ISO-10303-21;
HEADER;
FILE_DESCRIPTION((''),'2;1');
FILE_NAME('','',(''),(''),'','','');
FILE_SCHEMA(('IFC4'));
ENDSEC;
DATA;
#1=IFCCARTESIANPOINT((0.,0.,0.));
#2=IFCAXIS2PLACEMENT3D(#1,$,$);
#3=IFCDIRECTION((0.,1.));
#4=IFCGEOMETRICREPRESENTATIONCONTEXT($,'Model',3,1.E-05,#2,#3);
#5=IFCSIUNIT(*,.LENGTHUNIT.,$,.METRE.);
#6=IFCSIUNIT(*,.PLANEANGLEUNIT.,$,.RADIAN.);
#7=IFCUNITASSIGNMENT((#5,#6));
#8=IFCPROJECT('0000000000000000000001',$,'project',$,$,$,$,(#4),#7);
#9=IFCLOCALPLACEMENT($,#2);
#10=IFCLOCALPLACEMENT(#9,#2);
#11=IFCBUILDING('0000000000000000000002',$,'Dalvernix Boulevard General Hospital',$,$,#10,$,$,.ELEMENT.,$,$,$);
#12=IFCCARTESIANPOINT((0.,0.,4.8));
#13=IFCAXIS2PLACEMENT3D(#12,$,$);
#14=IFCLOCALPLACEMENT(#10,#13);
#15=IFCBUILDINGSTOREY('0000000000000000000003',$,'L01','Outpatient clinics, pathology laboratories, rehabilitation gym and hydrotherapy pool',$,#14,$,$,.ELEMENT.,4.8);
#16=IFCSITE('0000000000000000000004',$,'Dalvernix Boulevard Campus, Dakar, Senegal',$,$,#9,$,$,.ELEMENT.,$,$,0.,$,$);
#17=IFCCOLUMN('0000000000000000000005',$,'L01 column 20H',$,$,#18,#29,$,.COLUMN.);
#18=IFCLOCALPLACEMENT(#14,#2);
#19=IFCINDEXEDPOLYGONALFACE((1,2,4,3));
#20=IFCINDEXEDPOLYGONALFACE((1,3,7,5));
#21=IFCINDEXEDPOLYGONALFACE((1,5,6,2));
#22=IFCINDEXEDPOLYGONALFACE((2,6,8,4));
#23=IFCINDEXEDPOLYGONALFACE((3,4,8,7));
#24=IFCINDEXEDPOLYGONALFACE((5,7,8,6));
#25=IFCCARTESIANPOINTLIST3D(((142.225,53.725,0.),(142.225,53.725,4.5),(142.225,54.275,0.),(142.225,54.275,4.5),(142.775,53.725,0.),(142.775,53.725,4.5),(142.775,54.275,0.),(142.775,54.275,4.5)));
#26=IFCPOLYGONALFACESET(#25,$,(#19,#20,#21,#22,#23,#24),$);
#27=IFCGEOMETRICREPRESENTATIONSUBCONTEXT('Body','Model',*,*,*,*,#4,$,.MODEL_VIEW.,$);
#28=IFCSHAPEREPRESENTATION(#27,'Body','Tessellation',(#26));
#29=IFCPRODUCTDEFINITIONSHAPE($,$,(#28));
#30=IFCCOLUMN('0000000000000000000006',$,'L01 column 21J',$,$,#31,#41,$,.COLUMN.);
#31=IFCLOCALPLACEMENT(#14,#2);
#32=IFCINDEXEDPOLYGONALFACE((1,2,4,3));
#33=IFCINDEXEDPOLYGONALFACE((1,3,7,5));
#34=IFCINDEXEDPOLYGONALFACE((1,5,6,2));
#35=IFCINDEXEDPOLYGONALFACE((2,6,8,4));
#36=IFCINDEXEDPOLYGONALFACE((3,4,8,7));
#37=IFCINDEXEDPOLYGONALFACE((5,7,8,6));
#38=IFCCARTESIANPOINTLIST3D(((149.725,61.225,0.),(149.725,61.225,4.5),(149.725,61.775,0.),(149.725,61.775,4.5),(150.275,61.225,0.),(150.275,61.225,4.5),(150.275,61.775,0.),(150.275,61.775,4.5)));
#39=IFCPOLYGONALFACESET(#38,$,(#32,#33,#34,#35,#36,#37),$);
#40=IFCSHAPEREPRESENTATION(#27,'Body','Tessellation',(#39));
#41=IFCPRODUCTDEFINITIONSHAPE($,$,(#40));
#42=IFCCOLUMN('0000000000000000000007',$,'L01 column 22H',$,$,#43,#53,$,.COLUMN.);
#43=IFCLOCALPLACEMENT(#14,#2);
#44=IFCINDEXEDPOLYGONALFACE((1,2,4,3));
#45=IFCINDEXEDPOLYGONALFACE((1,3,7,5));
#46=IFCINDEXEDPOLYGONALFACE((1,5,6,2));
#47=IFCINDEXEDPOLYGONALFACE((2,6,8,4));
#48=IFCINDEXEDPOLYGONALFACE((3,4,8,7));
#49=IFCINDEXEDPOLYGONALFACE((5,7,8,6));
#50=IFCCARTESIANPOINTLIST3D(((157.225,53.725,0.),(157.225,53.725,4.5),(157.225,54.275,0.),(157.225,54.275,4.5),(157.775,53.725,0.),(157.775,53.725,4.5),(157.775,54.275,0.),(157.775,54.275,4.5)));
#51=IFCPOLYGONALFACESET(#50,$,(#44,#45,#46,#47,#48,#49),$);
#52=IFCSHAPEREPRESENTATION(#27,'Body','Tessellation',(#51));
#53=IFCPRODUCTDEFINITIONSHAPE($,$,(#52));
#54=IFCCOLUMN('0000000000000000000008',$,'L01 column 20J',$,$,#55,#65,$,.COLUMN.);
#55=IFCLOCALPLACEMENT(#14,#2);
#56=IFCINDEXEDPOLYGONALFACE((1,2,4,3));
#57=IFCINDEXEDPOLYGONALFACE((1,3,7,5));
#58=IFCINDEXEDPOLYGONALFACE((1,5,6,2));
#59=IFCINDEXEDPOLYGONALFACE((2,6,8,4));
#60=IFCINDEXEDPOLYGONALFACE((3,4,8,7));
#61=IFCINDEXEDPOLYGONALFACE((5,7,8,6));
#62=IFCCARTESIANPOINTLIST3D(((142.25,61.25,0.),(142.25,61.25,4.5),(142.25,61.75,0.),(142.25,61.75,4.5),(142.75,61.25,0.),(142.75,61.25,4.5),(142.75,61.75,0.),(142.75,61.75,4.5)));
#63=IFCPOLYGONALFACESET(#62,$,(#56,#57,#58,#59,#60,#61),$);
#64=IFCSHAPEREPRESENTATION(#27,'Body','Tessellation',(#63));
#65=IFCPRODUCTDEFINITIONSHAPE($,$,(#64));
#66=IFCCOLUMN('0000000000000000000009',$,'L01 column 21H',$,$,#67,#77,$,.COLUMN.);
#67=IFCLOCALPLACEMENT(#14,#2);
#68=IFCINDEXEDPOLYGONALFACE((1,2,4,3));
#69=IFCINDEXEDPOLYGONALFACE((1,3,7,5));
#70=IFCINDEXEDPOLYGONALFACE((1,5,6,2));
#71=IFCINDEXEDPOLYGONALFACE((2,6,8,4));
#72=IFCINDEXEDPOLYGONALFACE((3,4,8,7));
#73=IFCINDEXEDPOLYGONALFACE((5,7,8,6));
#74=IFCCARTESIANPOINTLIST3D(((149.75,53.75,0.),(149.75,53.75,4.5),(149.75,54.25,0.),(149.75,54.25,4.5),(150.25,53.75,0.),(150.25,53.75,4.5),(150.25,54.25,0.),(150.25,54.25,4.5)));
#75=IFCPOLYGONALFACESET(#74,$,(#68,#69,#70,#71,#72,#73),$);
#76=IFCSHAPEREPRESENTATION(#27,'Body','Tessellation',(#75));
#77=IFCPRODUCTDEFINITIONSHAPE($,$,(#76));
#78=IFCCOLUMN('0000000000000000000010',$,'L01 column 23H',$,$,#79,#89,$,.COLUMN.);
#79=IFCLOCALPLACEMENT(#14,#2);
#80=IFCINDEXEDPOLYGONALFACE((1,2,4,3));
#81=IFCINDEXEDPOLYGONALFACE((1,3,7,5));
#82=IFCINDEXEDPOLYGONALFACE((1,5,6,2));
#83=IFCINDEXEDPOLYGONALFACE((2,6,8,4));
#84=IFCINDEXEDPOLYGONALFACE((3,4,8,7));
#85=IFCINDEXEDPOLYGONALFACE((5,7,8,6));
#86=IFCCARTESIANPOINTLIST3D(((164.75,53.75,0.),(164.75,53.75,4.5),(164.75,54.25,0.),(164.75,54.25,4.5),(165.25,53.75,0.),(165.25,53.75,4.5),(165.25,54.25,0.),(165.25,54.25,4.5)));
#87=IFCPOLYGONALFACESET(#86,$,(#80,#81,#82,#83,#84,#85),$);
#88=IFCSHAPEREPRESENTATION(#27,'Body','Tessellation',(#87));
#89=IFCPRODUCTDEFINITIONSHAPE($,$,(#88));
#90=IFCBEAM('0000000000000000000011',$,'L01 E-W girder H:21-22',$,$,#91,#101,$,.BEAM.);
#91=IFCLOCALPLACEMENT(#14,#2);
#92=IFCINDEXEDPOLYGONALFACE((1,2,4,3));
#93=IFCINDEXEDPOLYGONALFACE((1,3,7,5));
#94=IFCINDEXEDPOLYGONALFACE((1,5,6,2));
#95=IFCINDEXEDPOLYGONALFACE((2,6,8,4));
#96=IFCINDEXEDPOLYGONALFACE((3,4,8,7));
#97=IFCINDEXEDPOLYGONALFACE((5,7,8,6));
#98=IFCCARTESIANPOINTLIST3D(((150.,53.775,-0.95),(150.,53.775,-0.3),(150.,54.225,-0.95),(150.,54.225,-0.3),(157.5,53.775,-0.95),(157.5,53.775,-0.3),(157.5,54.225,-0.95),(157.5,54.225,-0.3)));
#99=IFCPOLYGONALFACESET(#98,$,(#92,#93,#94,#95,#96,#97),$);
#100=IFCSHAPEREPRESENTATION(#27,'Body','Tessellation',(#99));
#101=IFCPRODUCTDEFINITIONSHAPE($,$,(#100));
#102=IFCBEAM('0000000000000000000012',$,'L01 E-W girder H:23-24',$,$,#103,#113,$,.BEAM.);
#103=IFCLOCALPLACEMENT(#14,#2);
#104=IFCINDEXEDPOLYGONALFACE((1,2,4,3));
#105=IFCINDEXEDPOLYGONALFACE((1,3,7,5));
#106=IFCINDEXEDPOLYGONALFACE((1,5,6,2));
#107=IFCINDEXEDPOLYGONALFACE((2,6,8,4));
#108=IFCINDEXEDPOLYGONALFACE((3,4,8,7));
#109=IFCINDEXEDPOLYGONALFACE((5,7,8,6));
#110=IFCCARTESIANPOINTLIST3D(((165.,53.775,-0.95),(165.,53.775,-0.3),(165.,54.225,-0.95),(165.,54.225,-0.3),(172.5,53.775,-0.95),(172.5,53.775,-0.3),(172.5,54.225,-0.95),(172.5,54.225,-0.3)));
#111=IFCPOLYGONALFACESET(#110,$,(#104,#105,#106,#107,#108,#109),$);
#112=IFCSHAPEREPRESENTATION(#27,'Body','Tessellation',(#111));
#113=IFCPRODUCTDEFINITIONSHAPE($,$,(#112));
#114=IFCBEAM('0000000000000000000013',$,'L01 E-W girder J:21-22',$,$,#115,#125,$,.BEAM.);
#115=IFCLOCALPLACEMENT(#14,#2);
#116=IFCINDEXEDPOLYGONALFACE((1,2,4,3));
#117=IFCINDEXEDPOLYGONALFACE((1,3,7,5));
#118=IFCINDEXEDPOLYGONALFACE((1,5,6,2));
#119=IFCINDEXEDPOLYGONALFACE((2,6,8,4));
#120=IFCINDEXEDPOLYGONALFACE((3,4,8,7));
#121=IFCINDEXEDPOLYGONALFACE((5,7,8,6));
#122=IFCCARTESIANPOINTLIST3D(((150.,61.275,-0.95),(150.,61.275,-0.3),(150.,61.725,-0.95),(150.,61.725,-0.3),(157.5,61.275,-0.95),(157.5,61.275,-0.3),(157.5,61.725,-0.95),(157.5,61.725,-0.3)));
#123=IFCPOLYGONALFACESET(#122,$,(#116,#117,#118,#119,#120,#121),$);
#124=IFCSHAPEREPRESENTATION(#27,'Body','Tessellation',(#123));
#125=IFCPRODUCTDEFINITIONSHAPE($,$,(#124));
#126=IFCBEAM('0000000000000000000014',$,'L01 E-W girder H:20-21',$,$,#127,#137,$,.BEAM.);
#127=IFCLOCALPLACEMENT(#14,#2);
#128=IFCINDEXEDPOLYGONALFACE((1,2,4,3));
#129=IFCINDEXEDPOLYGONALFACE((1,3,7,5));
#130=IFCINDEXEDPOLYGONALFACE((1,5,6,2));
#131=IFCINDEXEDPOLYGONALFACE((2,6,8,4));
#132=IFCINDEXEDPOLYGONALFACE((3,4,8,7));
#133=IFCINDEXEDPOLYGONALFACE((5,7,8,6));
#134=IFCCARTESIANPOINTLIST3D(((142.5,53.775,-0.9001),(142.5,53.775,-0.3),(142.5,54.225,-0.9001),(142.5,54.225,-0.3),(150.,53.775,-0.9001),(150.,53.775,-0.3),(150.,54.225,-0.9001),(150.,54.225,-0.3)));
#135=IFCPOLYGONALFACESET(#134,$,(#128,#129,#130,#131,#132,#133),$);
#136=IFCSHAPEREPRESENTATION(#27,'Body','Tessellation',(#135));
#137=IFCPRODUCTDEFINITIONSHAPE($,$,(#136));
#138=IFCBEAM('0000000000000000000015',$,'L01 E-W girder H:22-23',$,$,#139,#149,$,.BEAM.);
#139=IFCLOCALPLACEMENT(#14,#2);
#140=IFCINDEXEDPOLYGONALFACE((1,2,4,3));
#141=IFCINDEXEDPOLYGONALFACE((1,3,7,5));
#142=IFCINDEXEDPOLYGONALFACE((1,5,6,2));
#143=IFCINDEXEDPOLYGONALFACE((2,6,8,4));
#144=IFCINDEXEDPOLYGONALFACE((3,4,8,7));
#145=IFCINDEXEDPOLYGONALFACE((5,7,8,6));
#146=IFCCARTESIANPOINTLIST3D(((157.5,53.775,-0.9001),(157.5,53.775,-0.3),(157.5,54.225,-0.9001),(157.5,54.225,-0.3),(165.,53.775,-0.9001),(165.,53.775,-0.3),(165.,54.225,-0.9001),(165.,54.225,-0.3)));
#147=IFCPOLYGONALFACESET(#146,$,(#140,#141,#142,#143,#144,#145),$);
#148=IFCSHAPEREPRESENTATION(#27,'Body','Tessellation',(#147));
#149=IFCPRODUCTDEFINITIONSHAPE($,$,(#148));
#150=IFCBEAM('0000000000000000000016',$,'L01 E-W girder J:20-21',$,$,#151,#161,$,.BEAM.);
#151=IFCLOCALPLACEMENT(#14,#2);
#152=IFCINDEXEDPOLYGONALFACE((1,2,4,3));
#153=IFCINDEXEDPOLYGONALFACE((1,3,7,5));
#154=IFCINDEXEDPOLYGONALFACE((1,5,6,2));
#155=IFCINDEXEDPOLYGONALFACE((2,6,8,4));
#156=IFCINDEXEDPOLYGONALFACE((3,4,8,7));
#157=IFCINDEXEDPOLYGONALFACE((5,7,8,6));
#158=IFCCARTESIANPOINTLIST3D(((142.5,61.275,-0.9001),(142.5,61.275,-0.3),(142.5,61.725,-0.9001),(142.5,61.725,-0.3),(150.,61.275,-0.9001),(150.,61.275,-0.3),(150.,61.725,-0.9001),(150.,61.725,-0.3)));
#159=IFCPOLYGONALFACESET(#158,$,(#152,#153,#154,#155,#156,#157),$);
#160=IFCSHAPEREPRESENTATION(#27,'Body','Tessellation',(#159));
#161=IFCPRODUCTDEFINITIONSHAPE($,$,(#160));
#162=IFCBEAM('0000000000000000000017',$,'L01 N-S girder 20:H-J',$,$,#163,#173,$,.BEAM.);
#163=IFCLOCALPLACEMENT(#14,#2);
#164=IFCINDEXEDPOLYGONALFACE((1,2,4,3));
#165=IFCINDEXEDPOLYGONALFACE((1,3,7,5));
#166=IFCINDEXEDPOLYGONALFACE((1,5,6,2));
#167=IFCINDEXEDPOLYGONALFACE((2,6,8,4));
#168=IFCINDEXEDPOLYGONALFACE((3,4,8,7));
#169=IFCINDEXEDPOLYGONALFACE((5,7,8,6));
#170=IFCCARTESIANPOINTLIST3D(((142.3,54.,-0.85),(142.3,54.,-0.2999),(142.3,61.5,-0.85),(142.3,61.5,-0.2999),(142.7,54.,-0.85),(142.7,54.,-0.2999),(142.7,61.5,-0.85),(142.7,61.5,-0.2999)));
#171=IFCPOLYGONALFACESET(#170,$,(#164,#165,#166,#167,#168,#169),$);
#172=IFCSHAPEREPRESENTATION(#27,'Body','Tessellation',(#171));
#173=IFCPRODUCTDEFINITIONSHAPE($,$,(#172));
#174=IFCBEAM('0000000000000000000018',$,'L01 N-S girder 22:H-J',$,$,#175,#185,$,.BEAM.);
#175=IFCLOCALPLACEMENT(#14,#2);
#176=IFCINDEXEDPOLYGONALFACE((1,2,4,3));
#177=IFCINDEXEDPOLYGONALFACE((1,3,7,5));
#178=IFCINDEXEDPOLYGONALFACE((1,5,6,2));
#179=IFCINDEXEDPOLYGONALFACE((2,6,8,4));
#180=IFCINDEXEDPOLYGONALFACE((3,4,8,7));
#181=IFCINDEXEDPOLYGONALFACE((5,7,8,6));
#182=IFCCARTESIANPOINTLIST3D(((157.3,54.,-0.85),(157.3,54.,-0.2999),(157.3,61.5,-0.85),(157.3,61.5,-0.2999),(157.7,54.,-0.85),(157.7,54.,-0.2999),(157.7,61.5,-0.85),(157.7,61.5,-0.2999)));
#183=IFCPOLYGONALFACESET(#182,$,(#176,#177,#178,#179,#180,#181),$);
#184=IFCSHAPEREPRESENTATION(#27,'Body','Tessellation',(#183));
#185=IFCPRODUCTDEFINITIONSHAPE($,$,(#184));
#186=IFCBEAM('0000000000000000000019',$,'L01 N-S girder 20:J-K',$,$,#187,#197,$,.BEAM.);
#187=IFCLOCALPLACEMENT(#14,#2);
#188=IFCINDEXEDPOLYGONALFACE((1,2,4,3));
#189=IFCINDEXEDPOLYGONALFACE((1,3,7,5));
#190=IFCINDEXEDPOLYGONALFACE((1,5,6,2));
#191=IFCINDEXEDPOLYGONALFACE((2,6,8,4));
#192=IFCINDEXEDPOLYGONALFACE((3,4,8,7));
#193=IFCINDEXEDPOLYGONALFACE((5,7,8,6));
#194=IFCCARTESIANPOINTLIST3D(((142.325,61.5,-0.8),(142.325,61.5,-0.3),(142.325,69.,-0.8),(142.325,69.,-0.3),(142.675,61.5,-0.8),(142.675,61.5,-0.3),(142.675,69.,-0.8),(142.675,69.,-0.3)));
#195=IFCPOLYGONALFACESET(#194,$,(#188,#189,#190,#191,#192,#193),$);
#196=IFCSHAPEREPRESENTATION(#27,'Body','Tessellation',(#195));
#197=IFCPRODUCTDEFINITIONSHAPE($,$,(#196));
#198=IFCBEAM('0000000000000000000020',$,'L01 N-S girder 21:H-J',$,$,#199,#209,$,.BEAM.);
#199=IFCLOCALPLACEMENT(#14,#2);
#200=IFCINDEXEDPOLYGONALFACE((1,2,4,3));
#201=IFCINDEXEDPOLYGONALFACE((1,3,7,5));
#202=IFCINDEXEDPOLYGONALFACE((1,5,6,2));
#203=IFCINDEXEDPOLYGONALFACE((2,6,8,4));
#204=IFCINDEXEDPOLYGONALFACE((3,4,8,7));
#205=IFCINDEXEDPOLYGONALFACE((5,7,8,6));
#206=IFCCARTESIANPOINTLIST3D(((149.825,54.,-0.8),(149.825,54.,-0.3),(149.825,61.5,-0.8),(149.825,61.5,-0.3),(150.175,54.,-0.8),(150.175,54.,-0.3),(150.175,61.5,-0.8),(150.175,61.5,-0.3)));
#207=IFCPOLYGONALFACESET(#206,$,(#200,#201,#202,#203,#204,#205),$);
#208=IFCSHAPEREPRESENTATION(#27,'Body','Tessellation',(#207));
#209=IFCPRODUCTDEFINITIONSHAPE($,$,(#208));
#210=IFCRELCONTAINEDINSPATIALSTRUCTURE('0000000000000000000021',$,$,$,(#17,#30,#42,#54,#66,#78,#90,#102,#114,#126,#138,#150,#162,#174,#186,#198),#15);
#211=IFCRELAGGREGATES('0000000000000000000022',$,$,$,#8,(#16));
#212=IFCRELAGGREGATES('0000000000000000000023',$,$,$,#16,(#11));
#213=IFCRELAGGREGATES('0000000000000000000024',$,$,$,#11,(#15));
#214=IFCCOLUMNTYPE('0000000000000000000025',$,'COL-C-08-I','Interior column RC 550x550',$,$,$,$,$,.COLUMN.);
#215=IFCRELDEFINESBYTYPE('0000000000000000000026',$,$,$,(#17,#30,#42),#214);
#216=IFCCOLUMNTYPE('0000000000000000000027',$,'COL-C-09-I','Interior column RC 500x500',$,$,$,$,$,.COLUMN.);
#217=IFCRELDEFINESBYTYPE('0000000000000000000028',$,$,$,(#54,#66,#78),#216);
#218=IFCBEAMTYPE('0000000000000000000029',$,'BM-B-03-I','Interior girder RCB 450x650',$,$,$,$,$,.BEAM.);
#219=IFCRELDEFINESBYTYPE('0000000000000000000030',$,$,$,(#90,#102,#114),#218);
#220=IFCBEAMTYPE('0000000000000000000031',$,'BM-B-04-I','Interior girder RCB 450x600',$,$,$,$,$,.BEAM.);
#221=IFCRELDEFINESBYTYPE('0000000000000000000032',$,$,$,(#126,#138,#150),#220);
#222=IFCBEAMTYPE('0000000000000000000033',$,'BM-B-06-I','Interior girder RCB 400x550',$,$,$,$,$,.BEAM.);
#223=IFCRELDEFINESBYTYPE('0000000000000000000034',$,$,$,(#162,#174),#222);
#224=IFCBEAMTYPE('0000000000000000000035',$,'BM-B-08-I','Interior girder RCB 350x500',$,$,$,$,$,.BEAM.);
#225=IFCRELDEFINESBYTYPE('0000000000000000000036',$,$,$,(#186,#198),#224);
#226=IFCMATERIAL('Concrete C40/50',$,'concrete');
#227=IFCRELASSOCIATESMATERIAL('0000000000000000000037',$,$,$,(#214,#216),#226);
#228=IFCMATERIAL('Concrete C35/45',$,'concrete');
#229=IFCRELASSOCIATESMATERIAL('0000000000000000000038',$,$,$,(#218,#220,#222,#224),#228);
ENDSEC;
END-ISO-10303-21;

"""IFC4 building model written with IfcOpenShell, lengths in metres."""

from ifc_helpers import new_model, si_unit, direction, frame, origin, origin_2d, place, context, subcontext, project, spatial, rectangle, extrude, material, material_profile, profile_set, type_object, element, save


model = new_model("IFC4")

# Units and contexts
model_context = context("Model", 3, precision=1e-05, world=origin(), true_north=direction((0.0, 1.0)))
body_context = subcontext(model_context, "Body", "Model", "MODEL_VIEW")
ifc_project = project(units=[si_unit("LENGTHUNIT", "METRE"), si_unit("PLANEANGLEUNIT", "RADIAN")], contexts=[model_context])

# Site, building, storey
site_placement = place(None, origin())
site = spatial("IfcSite", under=ifc_project, at=site_placement, Name="Dalvernix Boulevard Campus, Dakar, Senegal", CompositionType="ELEMENT", RefElevation=0.0)
building_placement = place(site_placement, origin())
building = spatial("IfcBuilding", under=site, at=building_placement, Name="Dalvernix Boulevard General Hospital", CompositionType="ELEMENT")
storey_placement = place(building_placement, frame((0.0, 0.0, 4.8)))
storey = spatial("IfcBuildingStorey", under=building, at=storey_placement, Name="L01", Description="Outpatient clinics, pathology laboratories, rehabilitation gym and hydrotherapy pool", CompositionType="ELEMENT", Elevation=4.8)

# Columns
ifc_material_1 = material(Name="Concrete C40/50", Category="concrete")
ifc_material_profile_1 = material_profile(ifc_material_1, rectangle(XDim=0.55, YDim=0.55, at=origin_2d()), Name="RC 550x550")
ifc_profile_set_1 = profile_set([ifc_material_profile_1], Name="Concrete C40/50")
column_type_1 = type_object("IfcColumnType", Name="COL-C-08-I", Description="Interior column RC 550x550", PredefinedType="COLUMN", material=ifc_profile_set_1)
for number, where, z_axis, x_axis, name in (
    (1, (142.5, 54.0, 0.0), (0.0, 0.0, 1.0), (1.0, 0.0, 0.0), "L01 column 20H"),
    (2, (150.0, 61.5, 0.0), (0.0, 0.0, 1.0), (1.0, 0.0, 0.0), "L01 column 21J"),
    (3, (157.5, 54.0, 0.0), (0.0, 0.0, 1.0), (1.0, 0.0, 0.0), "L01 column 22H"),
):
    element("IfcColumn", number, at=place(storey_placement, frame(where, z_axis=z_axis, x_axis=x_axis)), inside=storey, type_object=column_type_1, Name=name, PredefinedType="COLUMN", context=body_context, shape_type="SweptSolid", body=[
        extrude(rectangle(XDim=0.55, YDim=0.55, at=origin_2d()), origin(), (0.0, 0.0, 1.0), 4.5),
    ])
ifc_material_profile_2 = material_profile(ifc_material_1, rectangle(XDim=0.5, YDim=0.5, at=origin_2d()), Name="RC 500x500")
ifc_profile_set_2 = profile_set([ifc_material_profile_2], Name="Concrete C40/50")
column_type_2 = type_object("IfcColumnType", Name="COL-C-09-I", Description="Interior column RC 500x500", PredefinedType="COLUMN", material=ifc_profile_set_2)
for number, where, z_axis, x_axis, name in (
    (4, (142.5, 61.5, 0.0), (0.0, 0.0, 1.0), (1.0, 0.0, 0.0), "L01 column 20J"),
    (5, (150.0, 54.0, 0.0), (0.0, 0.0, 1.0), (1.0, 0.0, 0.0), "L01 column 21H"),
    (6, (165.0, 54.0, 0.0), (0.0, 0.0, 1.0), (1.0, 0.0, 0.0), "L01 column 23H"),
):
    element("IfcColumn", number, at=place(storey_placement, frame(where, z_axis=z_axis, x_axis=x_axis)), inside=storey, type_object=column_type_2, Name=name, PredefinedType="COLUMN", context=body_context, shape_type="SweptSolid", body=[
        extrude(rectangle(XDim=0.5, YDim=0.5, at=origin_2d()), origin(), (0.0, 0.0, 1.0), 4.5),
    ])

# Beams
ifc_material_2 = material(Name="Concrete C35/45", Category="concrete")
ifc_material_profile_3 = material_profile(ifc_material_2, rectangle(XDim=0.45, YDim=0.6499, at=origin_2d()), Name="RCB 450x650")
ifc_profile_set_3 = profile_set([ifc_material_profile_3], Name="Concrete C35/45")
beam_type_1 = type_object("IfcBeamType", Name="BM-B-03-I", Description="Interior girder RCB 450x650", PredefinedType="BEAM", material=ifc_profile_set_3)
for number, where, z_axis, x_axis, name in (
    (7, (150.0, 54.0, -0.625), (1.0, 0.0, 0.0), (0.0, 1.0, 0.0), "L01 E-W girder H:21-22"),
    (8, (165.0, 54.0, -0.625), (1.0, 0.0, 0.0), (0.0, 1.0, 0.0), "L01 E-W girder H:23-24"),
    (9, (150.0, 61.5, -0.625), (1.0, 0.0, 0.0), (0.0, 1.0, 0.0), "L01 E-W girder J:21-22"),
):
    element("IfcBeam", number, at=place(storey_placement, frame(where, z_axis=z_axis, x_axis=x_axis)), inside=storey, type_object=beam_type_1, Name=name, PredefinedType="BEAM", context=body_context, shape_type="SweptSolid", body=[
        extrude(rectangle(XDim=0.45, YDim=0.6499, at=origin_2d()), origin(), (0.0, 0.0, 1.0), 7.5),
    ])
ifc_material_profile_4 = material_profile(ifc_material_2, rectangle(XDim=0.45, YDim=0.6001, at=origin_2d()), Name="RCB 450x600")
ifc_profile_set_4 = profile_set([ifc_material_profile_4], Name="Concrete C35/45")
beam_type_2 = type_object("IfcBeamType", Name="BM-B-04-I", Description="Interior girder RCB 450x600", PredefinedType="BEAM", material=ifc_profile_set_4)
for number, where, z_axis, x_axis, name in (
    (10, (142.5, 54.0, -0.6001), (1.0, 0.0, 0.0), (0.0, 1.0, 0.0), "L01 E-W girder H:20-21"),
    (11, (157.5, 54.0, -0.6001), (1.0, 0.0, 0.0), (0.0, 1.0, 0.0), "L01 E-W girder H:22-23"),
    (12, (142.5, 61.5, -0.6001), (1.0, 0.0, 0.0), (0.0, 1.0, 0.0), "L01 E-W girder J:20-21"),
):
    element("IfcBeam", number, at=place(storey_placement, frame(where, z_axis=z_axis, x_axis=x_axis)), inside=storey, type_object=beam_type_2, Name=name, PredefinedType="BEAM", context=body_context, shape_type="SweptSolid", body=[
        extrude(rectangle(XDim=0.45, YDim=0.6001, at=origin_2d()), origin(), (0.0, 0.0, 1.0), 7.5),
    ])
ifc_material_profile_5 = material_profile(ifc_material_2, rectangle(XDim=0.3999, YDim=0.55, at=origin_2d()), Name="RCB 400x550")
ifc_profile_set_5 = profile_set([ifc_material_profile_5], Name="Concrete C35/45")
beam_type_3 = type_object("IfcBeamType", Name="BM-B-06-I", Description="Interior girder RCB 400x550", PredefinedType="BEAM", material=ifc_profile_set_5)
for number, where, z_axis, x_axis, name in (
    (13, (142.5, 54.0, -0.575), (0.0, 1.0, 0.0), (-1.0, 0.0, 0.0), "L01 N-S girder 20:H-J"),
    (14, (157.5, 54.0, -0.575), (0.0, 1.0, 0.0), (-1.0, 0.0, 0.0), "L01 N-S girder 22:H-J"),
):
    element("IfcBeam", number, at=place(storey_placement, frame(where, z_axis=z_axis, x_axis=x_axis)), inside=storey, type_object=beam_type_3, Name=name, PredefinedType="BEAM", context=body_context, shape_type="SweptSolid", body=[
        extrude(rectangle(XDim=0.3999, YDim=0.55, at=origin_2d()), origin(), (0.0, 0.0, 1.0), 7.5),
    ])
ifc_material_profile_6 = material_profile(ifc_material_2, rectangle(XDim=0.3501, YDim=0.5, at=origin_2d()), Name="RCB 350x500")
ifc_profile_set_6 = profile_set([ifc_material_profile_6], Name="Concrete C35/45")
beam_type_4 = type_object("IfcBeamType", Name="BM-B-08-I", Description="Interior girder RCB 350x500", PredefinedType="BEAM", material=ifc_profile_set_6)
for number, where, z_axis, x_axis, name in (
    (15, (142.5, 61.5, -0.55), (0.0, 1.0, 0.0), (-1.0, 0.0, 0.0), "L01 N-S girder 20:J-K"),
    (16, (150.0, 54.0, -0.55), (0.0, 1.0, 0.0), (-1.0, 0.0, 0.0), "L01 N-S girder 21:H-J"),
):
    element("IfcBeam", number, at=place(storey_placement, frame(where, z_axis=z_axis, x_axis=x_axis)), inside=storey, type_object=beam_type_4, Name=name, PredefinedType="BEAM", context=body_context, shape_type="SweptSolid", body=[
        extrude(rectangle(XDim=0.3501, YDim=0.5, at=origin_2d()), origin(), (0.0, 0.0, 1.0), 7.5),
    ])

save(model, "model.ifc")
